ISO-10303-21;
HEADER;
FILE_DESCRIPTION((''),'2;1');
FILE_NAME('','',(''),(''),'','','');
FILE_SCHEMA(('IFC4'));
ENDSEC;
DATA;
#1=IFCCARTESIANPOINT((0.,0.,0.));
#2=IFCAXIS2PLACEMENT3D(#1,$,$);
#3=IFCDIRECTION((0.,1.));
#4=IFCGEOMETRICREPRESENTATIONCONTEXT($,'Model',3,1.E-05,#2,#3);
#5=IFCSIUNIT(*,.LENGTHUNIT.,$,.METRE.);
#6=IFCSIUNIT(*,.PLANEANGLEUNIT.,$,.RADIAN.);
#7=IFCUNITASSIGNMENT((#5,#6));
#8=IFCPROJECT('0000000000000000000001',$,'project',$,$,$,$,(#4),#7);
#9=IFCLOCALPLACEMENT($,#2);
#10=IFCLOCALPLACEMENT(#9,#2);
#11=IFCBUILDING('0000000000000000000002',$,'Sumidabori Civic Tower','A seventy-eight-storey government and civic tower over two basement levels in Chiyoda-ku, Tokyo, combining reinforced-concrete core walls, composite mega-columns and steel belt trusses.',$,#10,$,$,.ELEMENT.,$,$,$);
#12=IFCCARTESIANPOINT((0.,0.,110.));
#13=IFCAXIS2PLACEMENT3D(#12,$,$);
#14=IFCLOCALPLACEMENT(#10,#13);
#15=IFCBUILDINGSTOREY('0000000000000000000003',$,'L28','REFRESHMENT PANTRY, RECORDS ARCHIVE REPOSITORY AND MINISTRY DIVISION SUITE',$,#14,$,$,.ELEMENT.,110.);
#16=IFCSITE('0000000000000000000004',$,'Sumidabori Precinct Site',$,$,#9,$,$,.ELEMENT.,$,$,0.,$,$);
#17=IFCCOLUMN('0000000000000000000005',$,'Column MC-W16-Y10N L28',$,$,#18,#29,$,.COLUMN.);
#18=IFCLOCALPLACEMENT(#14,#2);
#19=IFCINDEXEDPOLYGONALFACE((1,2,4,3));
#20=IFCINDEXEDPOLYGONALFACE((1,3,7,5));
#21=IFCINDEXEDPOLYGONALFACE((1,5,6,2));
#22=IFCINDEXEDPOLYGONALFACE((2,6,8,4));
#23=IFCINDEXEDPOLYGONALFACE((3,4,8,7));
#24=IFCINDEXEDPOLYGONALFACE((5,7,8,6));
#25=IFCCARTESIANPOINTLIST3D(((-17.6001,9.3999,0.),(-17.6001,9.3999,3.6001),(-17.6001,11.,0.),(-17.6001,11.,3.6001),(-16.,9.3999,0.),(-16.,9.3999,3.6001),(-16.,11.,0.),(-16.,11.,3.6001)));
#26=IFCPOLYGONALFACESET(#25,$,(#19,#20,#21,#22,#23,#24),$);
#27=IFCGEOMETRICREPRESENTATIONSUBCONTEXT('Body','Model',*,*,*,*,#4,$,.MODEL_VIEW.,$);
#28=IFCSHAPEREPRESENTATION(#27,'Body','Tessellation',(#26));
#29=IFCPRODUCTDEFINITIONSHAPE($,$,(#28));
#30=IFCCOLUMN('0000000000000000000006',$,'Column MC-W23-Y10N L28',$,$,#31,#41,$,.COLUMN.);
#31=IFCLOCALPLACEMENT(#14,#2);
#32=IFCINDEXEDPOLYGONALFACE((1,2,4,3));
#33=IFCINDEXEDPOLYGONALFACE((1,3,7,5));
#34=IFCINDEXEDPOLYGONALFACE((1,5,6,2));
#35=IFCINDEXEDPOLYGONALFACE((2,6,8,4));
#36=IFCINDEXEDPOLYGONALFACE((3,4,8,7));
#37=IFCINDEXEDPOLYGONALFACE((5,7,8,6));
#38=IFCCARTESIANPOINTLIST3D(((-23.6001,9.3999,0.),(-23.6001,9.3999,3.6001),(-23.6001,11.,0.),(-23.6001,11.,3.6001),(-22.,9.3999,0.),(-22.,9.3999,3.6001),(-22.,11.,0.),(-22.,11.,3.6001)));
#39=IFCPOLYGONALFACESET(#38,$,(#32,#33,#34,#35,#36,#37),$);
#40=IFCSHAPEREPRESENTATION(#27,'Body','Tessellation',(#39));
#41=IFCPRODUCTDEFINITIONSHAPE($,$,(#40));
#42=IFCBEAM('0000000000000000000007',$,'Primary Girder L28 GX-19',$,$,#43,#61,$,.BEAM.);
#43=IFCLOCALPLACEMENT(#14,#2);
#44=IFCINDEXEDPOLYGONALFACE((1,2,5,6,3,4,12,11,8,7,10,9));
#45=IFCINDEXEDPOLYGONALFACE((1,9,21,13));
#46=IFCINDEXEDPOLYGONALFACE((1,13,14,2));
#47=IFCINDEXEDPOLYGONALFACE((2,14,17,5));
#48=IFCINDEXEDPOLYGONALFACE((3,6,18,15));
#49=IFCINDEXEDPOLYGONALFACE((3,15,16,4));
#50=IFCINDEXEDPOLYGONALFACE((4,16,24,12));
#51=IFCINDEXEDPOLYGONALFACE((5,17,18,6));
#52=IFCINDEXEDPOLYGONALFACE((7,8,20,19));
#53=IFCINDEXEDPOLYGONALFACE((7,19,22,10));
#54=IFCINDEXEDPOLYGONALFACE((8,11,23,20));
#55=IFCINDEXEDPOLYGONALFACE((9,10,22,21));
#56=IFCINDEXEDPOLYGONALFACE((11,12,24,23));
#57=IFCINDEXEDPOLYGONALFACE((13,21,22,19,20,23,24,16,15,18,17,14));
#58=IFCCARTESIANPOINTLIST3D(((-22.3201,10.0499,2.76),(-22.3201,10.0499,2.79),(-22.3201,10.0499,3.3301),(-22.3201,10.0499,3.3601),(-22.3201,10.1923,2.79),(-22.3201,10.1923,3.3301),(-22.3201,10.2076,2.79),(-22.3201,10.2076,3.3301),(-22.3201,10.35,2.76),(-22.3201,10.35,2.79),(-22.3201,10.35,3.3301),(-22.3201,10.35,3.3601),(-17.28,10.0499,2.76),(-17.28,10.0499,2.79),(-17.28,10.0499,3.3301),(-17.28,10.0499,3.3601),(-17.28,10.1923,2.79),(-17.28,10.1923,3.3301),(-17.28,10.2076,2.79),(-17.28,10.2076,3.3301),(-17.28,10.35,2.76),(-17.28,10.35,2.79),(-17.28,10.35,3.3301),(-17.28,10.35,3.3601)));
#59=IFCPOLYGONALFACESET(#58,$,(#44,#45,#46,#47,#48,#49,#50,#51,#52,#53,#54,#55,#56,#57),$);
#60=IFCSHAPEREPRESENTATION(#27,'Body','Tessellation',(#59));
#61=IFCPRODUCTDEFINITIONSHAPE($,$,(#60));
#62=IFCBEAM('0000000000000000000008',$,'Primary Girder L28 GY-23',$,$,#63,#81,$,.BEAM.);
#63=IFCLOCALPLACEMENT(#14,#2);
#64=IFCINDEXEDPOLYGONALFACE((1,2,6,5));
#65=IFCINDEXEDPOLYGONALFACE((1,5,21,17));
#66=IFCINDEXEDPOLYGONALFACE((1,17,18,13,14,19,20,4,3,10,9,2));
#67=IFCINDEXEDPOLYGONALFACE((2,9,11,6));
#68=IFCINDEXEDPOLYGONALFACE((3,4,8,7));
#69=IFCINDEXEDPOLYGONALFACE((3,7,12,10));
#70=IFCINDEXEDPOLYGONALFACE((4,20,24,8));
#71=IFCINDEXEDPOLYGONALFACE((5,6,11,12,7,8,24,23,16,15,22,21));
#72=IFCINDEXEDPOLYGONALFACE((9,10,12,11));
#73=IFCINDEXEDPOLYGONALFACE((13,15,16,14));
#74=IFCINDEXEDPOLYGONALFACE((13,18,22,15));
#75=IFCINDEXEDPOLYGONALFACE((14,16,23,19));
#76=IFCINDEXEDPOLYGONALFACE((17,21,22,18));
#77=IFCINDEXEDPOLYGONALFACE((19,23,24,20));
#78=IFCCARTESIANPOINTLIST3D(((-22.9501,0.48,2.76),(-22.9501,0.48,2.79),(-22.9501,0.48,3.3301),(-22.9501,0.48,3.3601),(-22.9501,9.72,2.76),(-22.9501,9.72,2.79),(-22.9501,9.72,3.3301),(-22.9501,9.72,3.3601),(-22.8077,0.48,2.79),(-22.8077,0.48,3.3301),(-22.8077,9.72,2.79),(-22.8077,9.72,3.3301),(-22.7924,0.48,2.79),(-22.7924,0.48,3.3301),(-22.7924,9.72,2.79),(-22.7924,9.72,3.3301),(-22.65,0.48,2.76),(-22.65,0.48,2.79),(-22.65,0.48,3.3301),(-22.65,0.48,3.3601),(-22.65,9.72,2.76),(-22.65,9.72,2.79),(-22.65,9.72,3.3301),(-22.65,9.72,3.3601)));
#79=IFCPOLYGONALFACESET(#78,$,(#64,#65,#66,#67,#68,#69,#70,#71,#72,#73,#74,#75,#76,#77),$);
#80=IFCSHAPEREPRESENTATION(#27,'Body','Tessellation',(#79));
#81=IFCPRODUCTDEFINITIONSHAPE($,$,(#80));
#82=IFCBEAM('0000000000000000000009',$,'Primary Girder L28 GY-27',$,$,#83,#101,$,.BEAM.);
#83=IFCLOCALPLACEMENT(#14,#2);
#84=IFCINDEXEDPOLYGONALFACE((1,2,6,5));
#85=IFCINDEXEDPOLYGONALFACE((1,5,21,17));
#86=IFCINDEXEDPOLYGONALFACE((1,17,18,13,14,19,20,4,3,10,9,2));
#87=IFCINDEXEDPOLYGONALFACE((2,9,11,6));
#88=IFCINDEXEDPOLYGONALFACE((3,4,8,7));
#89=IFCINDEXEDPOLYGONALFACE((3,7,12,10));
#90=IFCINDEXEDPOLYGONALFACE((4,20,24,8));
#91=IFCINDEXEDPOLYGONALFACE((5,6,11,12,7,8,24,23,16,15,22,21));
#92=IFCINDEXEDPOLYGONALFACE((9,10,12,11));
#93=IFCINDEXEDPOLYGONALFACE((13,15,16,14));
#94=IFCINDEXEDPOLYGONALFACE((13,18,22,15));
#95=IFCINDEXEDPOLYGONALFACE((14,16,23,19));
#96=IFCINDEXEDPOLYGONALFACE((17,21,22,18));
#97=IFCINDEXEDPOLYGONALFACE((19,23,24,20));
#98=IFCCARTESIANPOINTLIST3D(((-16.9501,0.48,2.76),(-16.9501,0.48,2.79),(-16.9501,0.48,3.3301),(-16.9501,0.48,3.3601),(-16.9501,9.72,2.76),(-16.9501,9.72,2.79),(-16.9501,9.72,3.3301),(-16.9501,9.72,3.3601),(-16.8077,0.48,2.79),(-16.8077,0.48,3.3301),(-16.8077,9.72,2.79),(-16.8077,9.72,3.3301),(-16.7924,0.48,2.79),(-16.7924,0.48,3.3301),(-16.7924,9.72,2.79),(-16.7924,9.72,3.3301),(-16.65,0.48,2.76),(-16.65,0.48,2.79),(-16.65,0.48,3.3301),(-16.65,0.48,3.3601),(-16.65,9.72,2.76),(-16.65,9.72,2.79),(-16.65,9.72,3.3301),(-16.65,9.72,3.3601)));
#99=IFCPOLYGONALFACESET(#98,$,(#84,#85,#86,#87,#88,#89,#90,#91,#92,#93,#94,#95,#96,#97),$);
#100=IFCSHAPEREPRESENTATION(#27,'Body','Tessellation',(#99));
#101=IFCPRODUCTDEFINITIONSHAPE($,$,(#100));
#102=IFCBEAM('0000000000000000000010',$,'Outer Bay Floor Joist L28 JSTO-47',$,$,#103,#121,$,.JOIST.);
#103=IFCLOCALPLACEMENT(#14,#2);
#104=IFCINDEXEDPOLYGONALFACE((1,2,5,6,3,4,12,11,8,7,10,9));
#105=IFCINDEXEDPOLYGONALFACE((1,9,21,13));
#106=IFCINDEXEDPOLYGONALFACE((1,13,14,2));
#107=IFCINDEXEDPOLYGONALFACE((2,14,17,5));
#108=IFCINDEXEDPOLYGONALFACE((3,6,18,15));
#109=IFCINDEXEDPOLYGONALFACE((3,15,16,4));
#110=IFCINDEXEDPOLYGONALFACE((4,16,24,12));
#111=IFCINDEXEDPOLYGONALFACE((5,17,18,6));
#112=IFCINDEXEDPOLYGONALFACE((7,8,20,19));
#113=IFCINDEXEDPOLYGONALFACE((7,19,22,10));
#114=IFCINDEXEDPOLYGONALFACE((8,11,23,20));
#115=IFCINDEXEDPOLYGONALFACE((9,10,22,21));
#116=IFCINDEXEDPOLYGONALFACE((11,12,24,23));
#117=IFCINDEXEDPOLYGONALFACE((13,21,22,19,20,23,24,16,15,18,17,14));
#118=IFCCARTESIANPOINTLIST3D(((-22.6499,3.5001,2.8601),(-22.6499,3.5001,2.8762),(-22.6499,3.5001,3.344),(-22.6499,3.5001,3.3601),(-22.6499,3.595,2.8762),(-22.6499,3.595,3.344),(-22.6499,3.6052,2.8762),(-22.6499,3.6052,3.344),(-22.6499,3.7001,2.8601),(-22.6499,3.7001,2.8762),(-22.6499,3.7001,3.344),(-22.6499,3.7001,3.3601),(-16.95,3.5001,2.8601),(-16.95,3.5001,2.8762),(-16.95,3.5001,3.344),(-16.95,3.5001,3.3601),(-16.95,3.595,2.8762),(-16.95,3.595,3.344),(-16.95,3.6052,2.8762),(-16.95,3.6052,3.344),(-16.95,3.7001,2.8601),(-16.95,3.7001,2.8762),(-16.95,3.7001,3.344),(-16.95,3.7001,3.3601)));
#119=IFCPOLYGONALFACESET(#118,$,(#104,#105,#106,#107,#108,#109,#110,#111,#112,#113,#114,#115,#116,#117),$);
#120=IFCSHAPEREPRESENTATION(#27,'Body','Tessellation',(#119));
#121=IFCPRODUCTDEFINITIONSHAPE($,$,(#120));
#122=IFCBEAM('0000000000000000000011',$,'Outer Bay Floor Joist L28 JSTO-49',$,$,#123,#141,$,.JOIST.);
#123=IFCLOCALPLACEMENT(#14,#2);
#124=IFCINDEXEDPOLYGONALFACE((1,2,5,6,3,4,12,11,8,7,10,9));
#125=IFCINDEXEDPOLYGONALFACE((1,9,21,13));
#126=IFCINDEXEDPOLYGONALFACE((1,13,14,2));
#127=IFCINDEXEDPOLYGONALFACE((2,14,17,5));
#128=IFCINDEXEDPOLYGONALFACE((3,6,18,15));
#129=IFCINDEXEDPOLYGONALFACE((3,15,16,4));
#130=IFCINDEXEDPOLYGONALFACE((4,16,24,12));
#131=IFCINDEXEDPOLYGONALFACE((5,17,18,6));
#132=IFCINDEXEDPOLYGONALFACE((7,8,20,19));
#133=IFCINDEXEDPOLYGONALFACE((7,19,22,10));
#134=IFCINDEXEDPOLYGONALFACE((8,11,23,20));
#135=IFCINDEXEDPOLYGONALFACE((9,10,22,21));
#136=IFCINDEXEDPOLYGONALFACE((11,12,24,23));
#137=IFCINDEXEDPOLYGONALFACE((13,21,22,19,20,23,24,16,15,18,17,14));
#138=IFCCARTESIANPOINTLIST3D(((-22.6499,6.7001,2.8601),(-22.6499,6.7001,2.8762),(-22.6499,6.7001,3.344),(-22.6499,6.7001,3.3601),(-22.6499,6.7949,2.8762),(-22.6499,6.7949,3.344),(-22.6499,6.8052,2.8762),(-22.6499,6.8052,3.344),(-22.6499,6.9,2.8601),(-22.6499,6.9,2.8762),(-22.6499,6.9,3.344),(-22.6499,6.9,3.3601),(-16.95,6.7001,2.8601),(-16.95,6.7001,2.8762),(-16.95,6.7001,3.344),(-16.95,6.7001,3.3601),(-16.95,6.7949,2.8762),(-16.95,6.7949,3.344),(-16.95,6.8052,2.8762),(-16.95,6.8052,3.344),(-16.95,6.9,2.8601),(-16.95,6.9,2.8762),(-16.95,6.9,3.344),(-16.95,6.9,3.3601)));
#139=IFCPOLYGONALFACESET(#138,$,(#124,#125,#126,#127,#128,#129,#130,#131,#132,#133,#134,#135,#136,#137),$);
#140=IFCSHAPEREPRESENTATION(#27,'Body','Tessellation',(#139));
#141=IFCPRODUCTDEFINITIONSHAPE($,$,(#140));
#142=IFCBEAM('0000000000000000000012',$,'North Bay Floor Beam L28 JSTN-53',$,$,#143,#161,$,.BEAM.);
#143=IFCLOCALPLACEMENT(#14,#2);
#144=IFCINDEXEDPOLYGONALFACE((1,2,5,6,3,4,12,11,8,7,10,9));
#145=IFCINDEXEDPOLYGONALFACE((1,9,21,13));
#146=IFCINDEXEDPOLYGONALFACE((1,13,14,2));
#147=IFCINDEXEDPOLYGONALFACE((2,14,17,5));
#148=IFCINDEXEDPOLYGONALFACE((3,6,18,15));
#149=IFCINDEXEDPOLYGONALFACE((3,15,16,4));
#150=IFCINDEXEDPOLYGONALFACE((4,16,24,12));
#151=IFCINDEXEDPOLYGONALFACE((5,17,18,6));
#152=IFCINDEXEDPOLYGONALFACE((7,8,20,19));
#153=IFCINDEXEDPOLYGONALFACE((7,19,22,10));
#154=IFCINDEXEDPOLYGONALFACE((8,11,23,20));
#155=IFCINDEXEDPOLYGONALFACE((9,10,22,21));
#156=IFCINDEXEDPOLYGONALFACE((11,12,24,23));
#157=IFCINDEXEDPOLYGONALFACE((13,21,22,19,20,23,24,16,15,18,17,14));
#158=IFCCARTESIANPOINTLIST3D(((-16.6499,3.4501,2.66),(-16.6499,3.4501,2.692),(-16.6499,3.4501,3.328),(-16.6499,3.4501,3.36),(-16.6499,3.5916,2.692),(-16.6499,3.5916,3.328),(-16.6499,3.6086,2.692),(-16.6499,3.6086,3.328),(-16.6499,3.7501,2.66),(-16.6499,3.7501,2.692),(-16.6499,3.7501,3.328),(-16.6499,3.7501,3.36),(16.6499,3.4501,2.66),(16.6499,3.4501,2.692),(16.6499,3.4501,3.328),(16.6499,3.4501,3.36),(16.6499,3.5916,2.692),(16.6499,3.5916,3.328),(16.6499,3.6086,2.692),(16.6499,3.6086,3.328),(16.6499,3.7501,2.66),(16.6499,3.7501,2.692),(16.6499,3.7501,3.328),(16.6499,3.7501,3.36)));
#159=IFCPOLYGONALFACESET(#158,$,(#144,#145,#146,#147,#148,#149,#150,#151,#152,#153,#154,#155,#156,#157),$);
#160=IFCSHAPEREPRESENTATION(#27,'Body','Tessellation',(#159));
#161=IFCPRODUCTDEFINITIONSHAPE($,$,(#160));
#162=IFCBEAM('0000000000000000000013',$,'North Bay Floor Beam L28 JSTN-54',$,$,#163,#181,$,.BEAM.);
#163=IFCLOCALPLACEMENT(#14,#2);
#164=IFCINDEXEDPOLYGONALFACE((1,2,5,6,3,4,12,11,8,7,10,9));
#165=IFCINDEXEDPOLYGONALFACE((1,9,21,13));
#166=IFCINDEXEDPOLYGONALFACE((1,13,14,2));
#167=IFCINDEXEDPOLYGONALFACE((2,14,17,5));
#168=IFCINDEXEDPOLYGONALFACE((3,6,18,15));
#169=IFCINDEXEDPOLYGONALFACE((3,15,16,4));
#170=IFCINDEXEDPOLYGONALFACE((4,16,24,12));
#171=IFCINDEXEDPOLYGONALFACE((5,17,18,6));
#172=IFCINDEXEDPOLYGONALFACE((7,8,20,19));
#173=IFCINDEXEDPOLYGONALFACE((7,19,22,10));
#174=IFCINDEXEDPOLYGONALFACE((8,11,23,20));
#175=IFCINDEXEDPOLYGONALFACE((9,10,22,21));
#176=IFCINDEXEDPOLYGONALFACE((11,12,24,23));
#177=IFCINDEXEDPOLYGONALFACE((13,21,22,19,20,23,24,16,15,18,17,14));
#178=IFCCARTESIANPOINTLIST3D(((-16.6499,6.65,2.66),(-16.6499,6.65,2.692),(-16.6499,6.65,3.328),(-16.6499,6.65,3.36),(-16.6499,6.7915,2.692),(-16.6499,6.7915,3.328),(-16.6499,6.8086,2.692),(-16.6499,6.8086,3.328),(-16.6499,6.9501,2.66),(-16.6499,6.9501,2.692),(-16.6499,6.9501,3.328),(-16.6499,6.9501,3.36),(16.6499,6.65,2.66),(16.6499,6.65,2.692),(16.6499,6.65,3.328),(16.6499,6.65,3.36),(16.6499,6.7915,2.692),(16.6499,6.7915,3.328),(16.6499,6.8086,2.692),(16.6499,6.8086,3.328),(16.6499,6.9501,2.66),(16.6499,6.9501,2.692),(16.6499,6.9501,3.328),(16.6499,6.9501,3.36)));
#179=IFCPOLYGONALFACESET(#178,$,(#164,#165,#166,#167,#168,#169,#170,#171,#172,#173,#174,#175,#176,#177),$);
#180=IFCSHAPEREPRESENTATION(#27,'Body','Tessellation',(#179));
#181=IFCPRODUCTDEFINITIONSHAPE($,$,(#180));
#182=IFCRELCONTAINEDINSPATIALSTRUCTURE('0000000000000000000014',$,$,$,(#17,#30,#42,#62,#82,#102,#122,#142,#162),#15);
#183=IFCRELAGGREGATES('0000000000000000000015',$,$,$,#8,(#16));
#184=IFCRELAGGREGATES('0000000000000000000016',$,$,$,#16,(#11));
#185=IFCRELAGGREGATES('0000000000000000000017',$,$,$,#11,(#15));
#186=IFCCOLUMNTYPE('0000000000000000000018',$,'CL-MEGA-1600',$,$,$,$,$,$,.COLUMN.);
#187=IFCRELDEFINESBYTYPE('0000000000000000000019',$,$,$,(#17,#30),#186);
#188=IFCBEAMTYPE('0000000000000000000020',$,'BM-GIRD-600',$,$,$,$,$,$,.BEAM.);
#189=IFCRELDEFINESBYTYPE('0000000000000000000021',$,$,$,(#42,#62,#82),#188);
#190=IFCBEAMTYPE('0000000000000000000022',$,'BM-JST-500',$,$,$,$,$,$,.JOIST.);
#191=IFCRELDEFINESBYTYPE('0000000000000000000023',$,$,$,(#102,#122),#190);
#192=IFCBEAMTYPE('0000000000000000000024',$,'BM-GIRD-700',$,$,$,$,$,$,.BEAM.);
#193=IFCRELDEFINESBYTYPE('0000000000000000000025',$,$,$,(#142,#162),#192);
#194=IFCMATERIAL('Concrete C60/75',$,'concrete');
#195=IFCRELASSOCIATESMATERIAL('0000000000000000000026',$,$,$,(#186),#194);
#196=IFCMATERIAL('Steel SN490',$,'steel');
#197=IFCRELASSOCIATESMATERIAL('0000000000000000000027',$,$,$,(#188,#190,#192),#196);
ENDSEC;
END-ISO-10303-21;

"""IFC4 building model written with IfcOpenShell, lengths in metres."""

from ifc_helpers import new_model, si_unit, direction, frame, origin, origin_2d, place, context, subcontext, project, spatial, rectangle, i_section, extrude, source, transform, mapped, material, material_profile, profile_set, type_object, element, save


model = new_model("IFC4")

# Units and contexts
model_context = context("Model", 3, precision=1e-05, world=origin(), true_north=direction((0.0, 1.0)))
body_context = subcontext(model_context, "Body", "Model", "MODEL_VIEW")
ifc_project = project(units=[si_unit("LENGTHUNIT", "METRE"), si_unit("PLANEANGLEUNIT", "RADIAN")], contexts=[model_context])

# Site, building, storey
site_placement = place(None, origin())
site = spatial("IfcSite", under=ifc_project, at=site_placement, Name="Sumidabori Precinct Site", CompositionType="ELEMENT", RefElevation=0.0)
building_placement = place(site_placement, origin())
building = spatial("IfcBuilding", under=site, at=building_placement, Name="Sumidabori Civic Tower", Description="A seventy-eight-storey government and civic tower over two basement levels in Chiyoda-ku, Tokyo, combining reinforced-concrete core walls, composite mega-columns and steel belt trusses.", CompositionType="ELEMENT")
storey_placement = place(building_placement, frame((0.0, 0.0, 110.0)))
storey = spatial("IfcBuildingStorey", under=building, at=storey_placement, Name="L28", Description="REFRESHMENT PANTRY, RECORDS ARCHIVE REPOSITORY AND MINISTRY DIVISION SUITE", CompositionType="ELEMENT", Elevation=110.0)

# Columns
ifc_material_1 = material(Name="Concrete C60/75", Category="concrete")
ifc_material_profile_1 = material_profile(ifc_material_1, rectangle(XDim=1.6001, YDim=1.6001, at=origin_2d()), Name="RC 1600x1600")
ifc_profile_set_1 = profile_set([ifc_material_profile_1], Name="Concrete C60/75")
column_type = type_object("IfcColumnType", Name="CL-MEGA-1600", PredefinedType="COLUMN", material=ifc_profile_set_1)
shared_shape_1 = source(origin(), body_context, "Body", "SweptSolid", [
    extrude(rectangle(XDim=1.6001, YDim=1.6001, at=origin_2d()), origin(), (0.0, 0.0, 1.0), 3.6001),
])
for number, where, z_axis, x_axis, name in (
    (1, (-16.8, 10.2, 0.0), (0.0, 0.0, 1.0), (1.0, 0.0, 0.0), "Column MC-W16-Y10N L28"),
    (2, (-22.8, 10.2, 0.0), (0.0, 0.0, 1.0), (1.0, 0.0, 0.0), "Column MC-W23-Y10N L28"),
):
    element("IfcColumn", number, at=place(storey_placement, frame(where, z_axis=z_axis, x_axis=x_axis)), inside=storey, type_object=column_type, Name=name, PredefinedType="COLUMN", context=body_context, shape_type="MappedRepresentation", body=[
        mapped(shared_shape_1, transform((0.0, 0.0, 0.0), x_axis=(1.0, 0.0, 0.0), y_axis=(0.0, 1.0, 0.0), z_axis=(0.0, 0.0, 1.0), scale=1.0)),
    ])

# Beams
ifc_material_2 = material(Name="Steel SN490", Category="steel")
ifc_material_profile_2 = material_profile(ifc_material_2, i_section(OverallWidth=0.3, OverallDepth=0.6001, WebThickness=0.0154, FlangeThickness=0.03, at=origin_2d()), Name="HE 600 B")
ifc_profile_set_2 = profile_set([ifc_material_profile_2], Name="Steel SN490")
beam_type_1 = type_object("IfcBeamType", Name="BM-GIRD-600", PredefinedType="BEAM", material=ifc_profile_set_2)
shared_shape_2 = source(origin(), body_context, "Body", "SweptSolid", [
    extrude(i_section(OverallWidth=0.3, OverallDepth=0.6001, WebThickness=0.0154, FlangeThickness=0.03, at=origin_2d()), origin(), (0.0, 0.0, 1.0), 5.04),
])
beam_placement = place(storey_placement, frame((-22.3201, 10.2, 3.0601), z_axis=(1.0, 0.0, 0.0), x_axis=(0.0, 1.0, 0.0)))
element("IfcBeam", 3, at=beam_placement, inside=storey, type_object=beam_type_1, Name="Primary Girder L28 GX-19", PredefinedType="BEAM", context=body_context, shape_type="MappedRepresentation", body=[
    mapped(shared_shape_2, transform((0.0, 0.0, 0.0), x_axis=(1.0, 0.0, 0.0), y_axis=(0.0, 1.0, 0.0), z_axis=(0.0, 0.0, 1.0), scale=1.0)),
])
shared_shape_3 = source(origin(), body_context, "Body", "SweptSolid", [
    extrude(i_section(OverallWidth=0.3, OverallDepth=0.6001, WebThickness=0.0154, FlangeThickness=0.03, at=origin_2d()), origin(), (0.0, 0.0, 1.0), 9.24),
])
for number, where, z_axis, x_axis, name in (
    (4, (-22.8, 0.48, 3.0601), (0.0, 1.0, 0.0), (-1.0, 0.0, 0.0), "Primary Girder L28 GY-23"),
    (5, (-16.8, 0.48, 3.0601), (0.0, 1.0, 0.0), (-1.0, 0.0, 0.0), "Primary Girder L28 GY-27"),
):
    element("IfcBeam", number, at=place(storey_placement, frame(where, z_axis=z_axis, x_axis=x_axis)), inside=storey, type_object=beam_type_1, Name=name, PredefinedType="BEAM", context=body_context, shape_type="MappedRepresentation", body=[
        mapped(shared_shape_3, transform((0.0, 0.0, 0.0), x_axis=(1.0, 0.0, 0.0), y_axis=(0.0, 1.0, 0.0), z_axis=(0.0, 0.0, 1.0), scale=1.0)),
    ])
ifc_material_profile_3 = material_profile(ifc_material_2, i_section(OverallWidth=0.2, OverallDepth=0.5, WebThickness=0.0103, FlangeThickness=0.0161, at=origin_2d()), Name="IPE 500")
ifc_profile_set_3 = profile_set([ifc_material_profile_3], Name="Steel SN490")
beam_type_2 = type_object("IfcBeamType", Name="BM-JST-500", PredefinedType="JOIST", material=ifc_profile_set_3)
shared_shape_4 = source(origin(), body_context, "Body", "SweptSolid", [
    extrude(i_section(OverallWidth=0.2, OverallDepth=0.5, WebThickness=0.0103, FlangeThickness=0.0161, at=origin_2d()), origin(), (0.0, 0.0, 1.0), 5.7),
])
for number, where, z_axis, x_axis, name in (
    (6, (-22.6499, 3.6001, 3.1101), (1.0, 0.0, 0.0), (0.0, 1.0, 0.0), "Outer Bay Floor Joist L28 JSTO-47"),
    (7, (-22.6499, 6.8, 3.1101), (1.0, 0.0, 0.0), (0.0, 1.0, 0.0), "Outer Bay Floor Joist L28 JSTO-49"),
):
    element("IfcBeam", number, at=place(storey_placement, frame(where, z_axis=z_axis, x_axis=x_axis)), inside=storey, type_object=beam_type_2, Name=name, PredefinedType="JOIST", context=body_context, shape_type="MappedRepresentation", body=[
        mapped(shared_shape_4, transform((0.0, 0.0, 0.0), x_axis=(1.0, 0.0, 0.0), y_axis=(0.0, 1.0, 0.0), z_axis=(0.0, 0.0, 1.0), scale=1.0)),
    ])
ifc_material_profile_4 = material_profile(ifc_material_2, i_section(OverallWidth=0.3, OverallDepth=0.7, WebThickness=0.0171, FlangeThickness=0.032, at=origin_2d()), Name="HE 700 B")
ifc_profile_set_4 = profile_set([ifc_material_profile_4], Name="Steel SN490")
beam_type_3 = type_object("IfcBeamType", Name="BM-GIRD-700", PredefinedType="BEAM", material=ifc_profile_set_4)
shared_shape_5 = source(origin(), body_context, "Body", "SweptSolid", [
    extrude(i_section(OverallWidth=0.3, OverallDepth=0.7, WebThickness=0.0171, FlangeThickness=0.032, at=origin_2d()), origin(), (0.0, 0.0, 1.0), 33.2998),
])
for number, where, z_axis, x_axis, name in (
    (8, (-16.6499, 3.6001, 3.01), (1.0, 0.0, 0.0), (0.0, 1.0, 0.0), "North Bay Floor Beam L28 JSTN-53"),
    (9, (-16.6499, 6.8, 3.01), (1.0, 0.0, 0.0), (0.0, 1.0, 0.0), "North Bay Floor Beam L28 JSTN-54"),
):
    element("IfcBeam", number, at=place(storey_placement, frame(where, z_axis=z_axis, x_axis=x_axis)), inside=storey, type_object=beam_type_3, Name=name, PredefinedType="BEAM", context=body_context, shape_type="MappedRepresentation", body=[
        mapped(shared_shape_5, transform((0.0, 0.0, 0.0), x_axis=(1.0, 0.0, 0.0), y_axis=(0.0, 1.0, 0.0), z_axis=(0.0, 0.0, 1.0), scale=1.0)),
    ])

save(model, "model.ifc")
